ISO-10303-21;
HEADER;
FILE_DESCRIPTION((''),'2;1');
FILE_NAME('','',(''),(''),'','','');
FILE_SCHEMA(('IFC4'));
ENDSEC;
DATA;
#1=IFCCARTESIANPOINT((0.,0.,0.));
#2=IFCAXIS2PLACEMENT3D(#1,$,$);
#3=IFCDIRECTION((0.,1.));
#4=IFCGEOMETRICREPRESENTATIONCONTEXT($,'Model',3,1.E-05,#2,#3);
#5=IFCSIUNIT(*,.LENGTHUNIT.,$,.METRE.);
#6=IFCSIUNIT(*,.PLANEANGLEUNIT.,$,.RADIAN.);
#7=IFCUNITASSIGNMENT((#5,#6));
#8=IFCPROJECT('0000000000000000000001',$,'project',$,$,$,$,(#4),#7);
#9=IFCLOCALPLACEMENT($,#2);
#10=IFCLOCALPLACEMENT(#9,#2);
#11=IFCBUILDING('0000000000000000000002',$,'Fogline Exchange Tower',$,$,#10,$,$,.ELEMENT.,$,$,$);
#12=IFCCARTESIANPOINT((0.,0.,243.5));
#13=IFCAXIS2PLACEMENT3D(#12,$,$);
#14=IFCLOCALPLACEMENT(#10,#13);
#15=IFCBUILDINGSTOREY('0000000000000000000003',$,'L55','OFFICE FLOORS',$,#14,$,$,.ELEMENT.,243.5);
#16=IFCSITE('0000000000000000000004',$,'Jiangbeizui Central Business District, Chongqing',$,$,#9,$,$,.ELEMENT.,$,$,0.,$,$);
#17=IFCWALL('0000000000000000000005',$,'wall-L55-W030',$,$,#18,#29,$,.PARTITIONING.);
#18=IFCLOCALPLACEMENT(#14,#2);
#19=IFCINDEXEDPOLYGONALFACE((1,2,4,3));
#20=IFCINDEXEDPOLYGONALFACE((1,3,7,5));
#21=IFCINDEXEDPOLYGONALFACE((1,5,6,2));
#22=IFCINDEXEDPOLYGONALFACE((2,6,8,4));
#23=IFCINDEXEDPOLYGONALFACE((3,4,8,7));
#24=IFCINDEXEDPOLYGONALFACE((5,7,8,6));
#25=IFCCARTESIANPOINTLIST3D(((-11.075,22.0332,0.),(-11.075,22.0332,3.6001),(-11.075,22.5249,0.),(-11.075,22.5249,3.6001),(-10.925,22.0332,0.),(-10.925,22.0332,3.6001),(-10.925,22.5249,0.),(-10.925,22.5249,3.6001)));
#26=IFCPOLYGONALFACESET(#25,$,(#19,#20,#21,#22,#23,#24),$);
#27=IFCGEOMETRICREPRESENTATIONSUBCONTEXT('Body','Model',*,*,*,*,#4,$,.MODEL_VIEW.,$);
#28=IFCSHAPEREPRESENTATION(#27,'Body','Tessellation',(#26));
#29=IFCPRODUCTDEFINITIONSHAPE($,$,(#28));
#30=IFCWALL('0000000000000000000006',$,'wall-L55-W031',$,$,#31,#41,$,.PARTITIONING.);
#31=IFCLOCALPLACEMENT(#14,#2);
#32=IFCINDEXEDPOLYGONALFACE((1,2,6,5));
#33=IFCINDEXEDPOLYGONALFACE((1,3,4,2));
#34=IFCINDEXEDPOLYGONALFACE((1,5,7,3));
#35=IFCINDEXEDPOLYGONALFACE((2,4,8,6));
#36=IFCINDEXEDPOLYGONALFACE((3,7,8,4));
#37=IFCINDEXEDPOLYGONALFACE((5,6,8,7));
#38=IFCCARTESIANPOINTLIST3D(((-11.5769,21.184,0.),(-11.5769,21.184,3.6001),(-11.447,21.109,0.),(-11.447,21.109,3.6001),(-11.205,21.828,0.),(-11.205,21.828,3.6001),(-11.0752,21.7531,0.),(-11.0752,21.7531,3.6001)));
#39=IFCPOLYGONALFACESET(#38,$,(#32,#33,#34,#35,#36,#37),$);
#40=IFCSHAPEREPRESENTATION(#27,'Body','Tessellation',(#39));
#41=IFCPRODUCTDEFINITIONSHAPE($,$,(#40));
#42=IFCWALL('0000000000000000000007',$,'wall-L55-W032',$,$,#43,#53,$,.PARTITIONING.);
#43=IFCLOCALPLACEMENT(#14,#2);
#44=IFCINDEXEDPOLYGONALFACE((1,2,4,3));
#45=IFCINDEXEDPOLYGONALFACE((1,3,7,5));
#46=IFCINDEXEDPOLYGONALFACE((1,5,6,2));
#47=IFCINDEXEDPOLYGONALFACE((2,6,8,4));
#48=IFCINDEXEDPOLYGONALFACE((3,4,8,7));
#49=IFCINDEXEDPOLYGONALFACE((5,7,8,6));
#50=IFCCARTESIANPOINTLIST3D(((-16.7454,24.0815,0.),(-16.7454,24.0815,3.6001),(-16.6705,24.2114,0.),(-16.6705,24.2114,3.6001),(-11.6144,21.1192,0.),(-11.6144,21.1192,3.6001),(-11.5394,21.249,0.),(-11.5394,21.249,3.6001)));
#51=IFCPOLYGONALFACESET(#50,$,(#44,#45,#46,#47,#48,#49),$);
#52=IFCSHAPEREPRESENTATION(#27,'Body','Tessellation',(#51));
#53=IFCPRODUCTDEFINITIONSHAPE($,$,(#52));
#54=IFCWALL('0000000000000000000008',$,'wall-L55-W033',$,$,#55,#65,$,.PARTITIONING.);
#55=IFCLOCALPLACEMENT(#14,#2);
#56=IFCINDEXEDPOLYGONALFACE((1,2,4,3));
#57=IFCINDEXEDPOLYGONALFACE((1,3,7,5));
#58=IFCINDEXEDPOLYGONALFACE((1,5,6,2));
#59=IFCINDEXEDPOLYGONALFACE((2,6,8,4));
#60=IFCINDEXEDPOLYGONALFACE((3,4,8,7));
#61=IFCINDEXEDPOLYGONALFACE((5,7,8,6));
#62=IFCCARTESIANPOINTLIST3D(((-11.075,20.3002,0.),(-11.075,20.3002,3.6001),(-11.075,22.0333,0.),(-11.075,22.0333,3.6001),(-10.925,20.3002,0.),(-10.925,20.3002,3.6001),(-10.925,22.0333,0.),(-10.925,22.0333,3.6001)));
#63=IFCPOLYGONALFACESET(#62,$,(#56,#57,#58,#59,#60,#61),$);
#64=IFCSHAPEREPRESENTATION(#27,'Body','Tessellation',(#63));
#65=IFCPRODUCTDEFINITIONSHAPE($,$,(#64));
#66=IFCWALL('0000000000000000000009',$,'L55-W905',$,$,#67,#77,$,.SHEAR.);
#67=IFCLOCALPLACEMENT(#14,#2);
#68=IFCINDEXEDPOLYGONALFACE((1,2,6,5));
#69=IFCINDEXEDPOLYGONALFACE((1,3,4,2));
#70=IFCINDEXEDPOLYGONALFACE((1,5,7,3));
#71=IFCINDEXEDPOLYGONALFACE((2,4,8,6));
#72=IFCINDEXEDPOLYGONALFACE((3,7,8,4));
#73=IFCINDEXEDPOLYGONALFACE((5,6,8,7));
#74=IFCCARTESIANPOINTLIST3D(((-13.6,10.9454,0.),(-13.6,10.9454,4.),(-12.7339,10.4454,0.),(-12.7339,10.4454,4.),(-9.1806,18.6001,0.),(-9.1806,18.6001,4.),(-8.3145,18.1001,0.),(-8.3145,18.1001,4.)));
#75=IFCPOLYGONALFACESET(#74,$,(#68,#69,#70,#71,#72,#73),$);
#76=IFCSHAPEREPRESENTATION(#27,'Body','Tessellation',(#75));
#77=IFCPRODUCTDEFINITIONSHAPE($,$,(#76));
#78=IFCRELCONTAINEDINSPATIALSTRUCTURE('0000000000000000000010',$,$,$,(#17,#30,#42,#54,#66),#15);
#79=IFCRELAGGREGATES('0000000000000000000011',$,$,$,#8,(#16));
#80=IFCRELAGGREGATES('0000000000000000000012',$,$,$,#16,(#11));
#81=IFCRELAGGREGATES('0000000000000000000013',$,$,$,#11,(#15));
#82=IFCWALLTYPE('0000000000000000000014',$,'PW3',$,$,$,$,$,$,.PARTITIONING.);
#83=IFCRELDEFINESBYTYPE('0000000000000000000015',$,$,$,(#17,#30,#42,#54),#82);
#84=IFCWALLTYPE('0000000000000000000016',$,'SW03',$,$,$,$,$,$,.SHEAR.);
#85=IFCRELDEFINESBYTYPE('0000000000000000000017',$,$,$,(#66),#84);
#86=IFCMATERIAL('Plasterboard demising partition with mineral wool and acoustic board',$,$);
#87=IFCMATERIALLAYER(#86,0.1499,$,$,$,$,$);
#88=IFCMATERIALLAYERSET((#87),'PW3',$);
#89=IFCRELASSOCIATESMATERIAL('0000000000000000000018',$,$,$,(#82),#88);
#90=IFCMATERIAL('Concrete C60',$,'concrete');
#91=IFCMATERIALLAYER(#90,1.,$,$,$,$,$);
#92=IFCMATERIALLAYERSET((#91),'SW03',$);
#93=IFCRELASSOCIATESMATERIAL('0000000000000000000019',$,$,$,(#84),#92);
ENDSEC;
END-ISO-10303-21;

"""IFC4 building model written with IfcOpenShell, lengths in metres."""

from ifc_helpers import new_model, si_unit, direction, frame, frame_2d, origin, place, context, subcontext, project, spatial, rectangle, extrude, material, layer, layer_set, type_object, element, save


model = new_model("IFC4")

# Units and contexts
model_context = context("Model", 3, precision=1e-05, world=origin(), true_north=direction((0.0, 1.0)))
body_context = subcontext(model_context, "Body", "Model", "MODEL_VIEW")
ifc_project = project(units=[si_unit("LENGTHUNIT", "METRE"), si_unit("PLANEANGLEUNIT", "RADIAN")], contexts=[model_context])

# Site, building, storey
site_placement = place(None, origin())
site = spatial("IfcSite", under=ifc_project, at=site_placement, Name="Jiangbeizui Central Business District, Chongqing", CompositionType="ELEMENT", RefElevation=0.0)
building_placement = place(site_placement, origin())
building = spatial("IfcBuilding", under=site, at=building_placement, Name="Fogline Exchange Tower", CompositionType="ELEMENT")
storey_placement = place(building_placement, frame((0.0, 0.0, 243.5)))
storey = spatial("IfcBuildingStorey", under=building, at=storey_placement, Name="L55", Description="OFFICE FLOORS", CompositionType="ELEMENT", Elevation=243.5)

# Shared definitions
ifc_material_1 = material(Name="Concrete C60", Category="concrete")

# Shared definitions
ifc_material_2 = material(Name="Plasterboard demising partition with mineral wool and acoustic board")
ifc_layer_1 = layer(ifc_material_2, 0.1499)
ifc_layer_set_1 = layer_set([ifc_layer_1], Name="PW3")
wall_type_1 = type_object("IfcWallType", Name="PW3", PredefinedType="PARTITIONING", material=ifc_layer_set_1)

# Walls
wall_1_placement = place(storey_placement, frame((-11.0, 22.5249, 0.0), z_axis=(0.0, 0.0, 1.0), x_axis=(0.0, -1.0, 0.0)))
element("IfcWall", 1, at=wall_1_placement, inside=storey, type_object=wall_type_1, Name="wall-L55-W030", PredefinedType="PARTITIONING", context=body_context, shape_type="SweptSolid", body=[
    extrude(rectangle(XDim=0.4917, YDim=0.1499, at=frame_2d((0.2458, 0.0))), origin(), (0.0, 0.0, 1.0), 3.6001),
])
wall_2_placement = place(storey_placement, frame((-11.1401, 21.7905, 0.0), z_axis=(0.0, 0.0, 1.0), x_axis=(-0.499988, -0.866033, 0.0)))
element("IfcWall", 2, at=wall_2_placement, inside=storey, type_object=wall_type_1, Name="wall-L55-W031", PredefinedType="PARTITIONING", context=body_context, shape_type="SweptSolid", body=[
    extrude(rectangle(XDim=0.7437, YDim=0.1499, at=frame_2d((0.3718, 0.0))), origin(), (0.0, 0.0, 1.0), 3.6001),
])
wall_3_placement = place(storey_placement, frame((-11.5769, 21.1841, 0.0), z_axis=(0.0, 0.0, 1.0), x_axis=(-0.866028, 0.499995, 0.0)))
element("IfcWall", 3, at=wall_3_placement, inside=storey, type_object=wall_type_1, Name="wall-L55-W032", PredefinedType="PARTITIONING", context=body_context, shape_type="SweptSolid", body=[
    extrude(rectangle(XDim=5.9248, YDim=0.1499, at=frame_2d((2.9624, 0.0))), origin(), (0.0, 0.0, 1.0), 3.6001),
])
wall_4_placement = place(storey_placement, frame((-11.0, 20.3, 0.0), z_axis=(0.0, 0.0, 1.0), x_axis=(0.0, 1.0, 0.0)))
element("IfcWall", 4, at=wall_4_placement, inside=storey, type_object=wall_type_1, Name="wall-L55-W033", PredefinedType="PARTITIONING", context=body_context, shape_type="SweptSolid", body=[
    extrude(rectangle(XDim=1.7332, YDim=0.1499, at=frame_2d((0.8667, 0.0))), origin(), (0.0, 0.0, 1.0), 3.6001),
])
ifc_layer_2 = layer(ifc_material_1, 1.0)
ifc_layer_set_2 = layer_set([ifc_layer_2], Name="SW03")
wall_type_2 = type_object("IfcWallType", Name="SW03", PredefinedType="SHEAR", material=ifc_layer_set_2)
wall_5_placement = place(storey_placement, frame((-8.7476, 18.3501, 0.0), z_axis=(0.0, 0.0, 1.0), x_axis=(-0.499995, -0.866028, 0.0)))
element("IfcWall", 5, at=wall_5_placement, inside=storey, type_object=wall_type_2, Name="L55-W905", PredefinedType="SHEAR", context=body_context, shape_type="SweptSolid", body=[
    extrude(rectangle(XDim=8.8389, YDim=1.0, at=frame_2d((4.4194, 0.0))), origin(), (0.0, 0.0, 1.0), 4.0),
])

save(model, "model.ifc")
